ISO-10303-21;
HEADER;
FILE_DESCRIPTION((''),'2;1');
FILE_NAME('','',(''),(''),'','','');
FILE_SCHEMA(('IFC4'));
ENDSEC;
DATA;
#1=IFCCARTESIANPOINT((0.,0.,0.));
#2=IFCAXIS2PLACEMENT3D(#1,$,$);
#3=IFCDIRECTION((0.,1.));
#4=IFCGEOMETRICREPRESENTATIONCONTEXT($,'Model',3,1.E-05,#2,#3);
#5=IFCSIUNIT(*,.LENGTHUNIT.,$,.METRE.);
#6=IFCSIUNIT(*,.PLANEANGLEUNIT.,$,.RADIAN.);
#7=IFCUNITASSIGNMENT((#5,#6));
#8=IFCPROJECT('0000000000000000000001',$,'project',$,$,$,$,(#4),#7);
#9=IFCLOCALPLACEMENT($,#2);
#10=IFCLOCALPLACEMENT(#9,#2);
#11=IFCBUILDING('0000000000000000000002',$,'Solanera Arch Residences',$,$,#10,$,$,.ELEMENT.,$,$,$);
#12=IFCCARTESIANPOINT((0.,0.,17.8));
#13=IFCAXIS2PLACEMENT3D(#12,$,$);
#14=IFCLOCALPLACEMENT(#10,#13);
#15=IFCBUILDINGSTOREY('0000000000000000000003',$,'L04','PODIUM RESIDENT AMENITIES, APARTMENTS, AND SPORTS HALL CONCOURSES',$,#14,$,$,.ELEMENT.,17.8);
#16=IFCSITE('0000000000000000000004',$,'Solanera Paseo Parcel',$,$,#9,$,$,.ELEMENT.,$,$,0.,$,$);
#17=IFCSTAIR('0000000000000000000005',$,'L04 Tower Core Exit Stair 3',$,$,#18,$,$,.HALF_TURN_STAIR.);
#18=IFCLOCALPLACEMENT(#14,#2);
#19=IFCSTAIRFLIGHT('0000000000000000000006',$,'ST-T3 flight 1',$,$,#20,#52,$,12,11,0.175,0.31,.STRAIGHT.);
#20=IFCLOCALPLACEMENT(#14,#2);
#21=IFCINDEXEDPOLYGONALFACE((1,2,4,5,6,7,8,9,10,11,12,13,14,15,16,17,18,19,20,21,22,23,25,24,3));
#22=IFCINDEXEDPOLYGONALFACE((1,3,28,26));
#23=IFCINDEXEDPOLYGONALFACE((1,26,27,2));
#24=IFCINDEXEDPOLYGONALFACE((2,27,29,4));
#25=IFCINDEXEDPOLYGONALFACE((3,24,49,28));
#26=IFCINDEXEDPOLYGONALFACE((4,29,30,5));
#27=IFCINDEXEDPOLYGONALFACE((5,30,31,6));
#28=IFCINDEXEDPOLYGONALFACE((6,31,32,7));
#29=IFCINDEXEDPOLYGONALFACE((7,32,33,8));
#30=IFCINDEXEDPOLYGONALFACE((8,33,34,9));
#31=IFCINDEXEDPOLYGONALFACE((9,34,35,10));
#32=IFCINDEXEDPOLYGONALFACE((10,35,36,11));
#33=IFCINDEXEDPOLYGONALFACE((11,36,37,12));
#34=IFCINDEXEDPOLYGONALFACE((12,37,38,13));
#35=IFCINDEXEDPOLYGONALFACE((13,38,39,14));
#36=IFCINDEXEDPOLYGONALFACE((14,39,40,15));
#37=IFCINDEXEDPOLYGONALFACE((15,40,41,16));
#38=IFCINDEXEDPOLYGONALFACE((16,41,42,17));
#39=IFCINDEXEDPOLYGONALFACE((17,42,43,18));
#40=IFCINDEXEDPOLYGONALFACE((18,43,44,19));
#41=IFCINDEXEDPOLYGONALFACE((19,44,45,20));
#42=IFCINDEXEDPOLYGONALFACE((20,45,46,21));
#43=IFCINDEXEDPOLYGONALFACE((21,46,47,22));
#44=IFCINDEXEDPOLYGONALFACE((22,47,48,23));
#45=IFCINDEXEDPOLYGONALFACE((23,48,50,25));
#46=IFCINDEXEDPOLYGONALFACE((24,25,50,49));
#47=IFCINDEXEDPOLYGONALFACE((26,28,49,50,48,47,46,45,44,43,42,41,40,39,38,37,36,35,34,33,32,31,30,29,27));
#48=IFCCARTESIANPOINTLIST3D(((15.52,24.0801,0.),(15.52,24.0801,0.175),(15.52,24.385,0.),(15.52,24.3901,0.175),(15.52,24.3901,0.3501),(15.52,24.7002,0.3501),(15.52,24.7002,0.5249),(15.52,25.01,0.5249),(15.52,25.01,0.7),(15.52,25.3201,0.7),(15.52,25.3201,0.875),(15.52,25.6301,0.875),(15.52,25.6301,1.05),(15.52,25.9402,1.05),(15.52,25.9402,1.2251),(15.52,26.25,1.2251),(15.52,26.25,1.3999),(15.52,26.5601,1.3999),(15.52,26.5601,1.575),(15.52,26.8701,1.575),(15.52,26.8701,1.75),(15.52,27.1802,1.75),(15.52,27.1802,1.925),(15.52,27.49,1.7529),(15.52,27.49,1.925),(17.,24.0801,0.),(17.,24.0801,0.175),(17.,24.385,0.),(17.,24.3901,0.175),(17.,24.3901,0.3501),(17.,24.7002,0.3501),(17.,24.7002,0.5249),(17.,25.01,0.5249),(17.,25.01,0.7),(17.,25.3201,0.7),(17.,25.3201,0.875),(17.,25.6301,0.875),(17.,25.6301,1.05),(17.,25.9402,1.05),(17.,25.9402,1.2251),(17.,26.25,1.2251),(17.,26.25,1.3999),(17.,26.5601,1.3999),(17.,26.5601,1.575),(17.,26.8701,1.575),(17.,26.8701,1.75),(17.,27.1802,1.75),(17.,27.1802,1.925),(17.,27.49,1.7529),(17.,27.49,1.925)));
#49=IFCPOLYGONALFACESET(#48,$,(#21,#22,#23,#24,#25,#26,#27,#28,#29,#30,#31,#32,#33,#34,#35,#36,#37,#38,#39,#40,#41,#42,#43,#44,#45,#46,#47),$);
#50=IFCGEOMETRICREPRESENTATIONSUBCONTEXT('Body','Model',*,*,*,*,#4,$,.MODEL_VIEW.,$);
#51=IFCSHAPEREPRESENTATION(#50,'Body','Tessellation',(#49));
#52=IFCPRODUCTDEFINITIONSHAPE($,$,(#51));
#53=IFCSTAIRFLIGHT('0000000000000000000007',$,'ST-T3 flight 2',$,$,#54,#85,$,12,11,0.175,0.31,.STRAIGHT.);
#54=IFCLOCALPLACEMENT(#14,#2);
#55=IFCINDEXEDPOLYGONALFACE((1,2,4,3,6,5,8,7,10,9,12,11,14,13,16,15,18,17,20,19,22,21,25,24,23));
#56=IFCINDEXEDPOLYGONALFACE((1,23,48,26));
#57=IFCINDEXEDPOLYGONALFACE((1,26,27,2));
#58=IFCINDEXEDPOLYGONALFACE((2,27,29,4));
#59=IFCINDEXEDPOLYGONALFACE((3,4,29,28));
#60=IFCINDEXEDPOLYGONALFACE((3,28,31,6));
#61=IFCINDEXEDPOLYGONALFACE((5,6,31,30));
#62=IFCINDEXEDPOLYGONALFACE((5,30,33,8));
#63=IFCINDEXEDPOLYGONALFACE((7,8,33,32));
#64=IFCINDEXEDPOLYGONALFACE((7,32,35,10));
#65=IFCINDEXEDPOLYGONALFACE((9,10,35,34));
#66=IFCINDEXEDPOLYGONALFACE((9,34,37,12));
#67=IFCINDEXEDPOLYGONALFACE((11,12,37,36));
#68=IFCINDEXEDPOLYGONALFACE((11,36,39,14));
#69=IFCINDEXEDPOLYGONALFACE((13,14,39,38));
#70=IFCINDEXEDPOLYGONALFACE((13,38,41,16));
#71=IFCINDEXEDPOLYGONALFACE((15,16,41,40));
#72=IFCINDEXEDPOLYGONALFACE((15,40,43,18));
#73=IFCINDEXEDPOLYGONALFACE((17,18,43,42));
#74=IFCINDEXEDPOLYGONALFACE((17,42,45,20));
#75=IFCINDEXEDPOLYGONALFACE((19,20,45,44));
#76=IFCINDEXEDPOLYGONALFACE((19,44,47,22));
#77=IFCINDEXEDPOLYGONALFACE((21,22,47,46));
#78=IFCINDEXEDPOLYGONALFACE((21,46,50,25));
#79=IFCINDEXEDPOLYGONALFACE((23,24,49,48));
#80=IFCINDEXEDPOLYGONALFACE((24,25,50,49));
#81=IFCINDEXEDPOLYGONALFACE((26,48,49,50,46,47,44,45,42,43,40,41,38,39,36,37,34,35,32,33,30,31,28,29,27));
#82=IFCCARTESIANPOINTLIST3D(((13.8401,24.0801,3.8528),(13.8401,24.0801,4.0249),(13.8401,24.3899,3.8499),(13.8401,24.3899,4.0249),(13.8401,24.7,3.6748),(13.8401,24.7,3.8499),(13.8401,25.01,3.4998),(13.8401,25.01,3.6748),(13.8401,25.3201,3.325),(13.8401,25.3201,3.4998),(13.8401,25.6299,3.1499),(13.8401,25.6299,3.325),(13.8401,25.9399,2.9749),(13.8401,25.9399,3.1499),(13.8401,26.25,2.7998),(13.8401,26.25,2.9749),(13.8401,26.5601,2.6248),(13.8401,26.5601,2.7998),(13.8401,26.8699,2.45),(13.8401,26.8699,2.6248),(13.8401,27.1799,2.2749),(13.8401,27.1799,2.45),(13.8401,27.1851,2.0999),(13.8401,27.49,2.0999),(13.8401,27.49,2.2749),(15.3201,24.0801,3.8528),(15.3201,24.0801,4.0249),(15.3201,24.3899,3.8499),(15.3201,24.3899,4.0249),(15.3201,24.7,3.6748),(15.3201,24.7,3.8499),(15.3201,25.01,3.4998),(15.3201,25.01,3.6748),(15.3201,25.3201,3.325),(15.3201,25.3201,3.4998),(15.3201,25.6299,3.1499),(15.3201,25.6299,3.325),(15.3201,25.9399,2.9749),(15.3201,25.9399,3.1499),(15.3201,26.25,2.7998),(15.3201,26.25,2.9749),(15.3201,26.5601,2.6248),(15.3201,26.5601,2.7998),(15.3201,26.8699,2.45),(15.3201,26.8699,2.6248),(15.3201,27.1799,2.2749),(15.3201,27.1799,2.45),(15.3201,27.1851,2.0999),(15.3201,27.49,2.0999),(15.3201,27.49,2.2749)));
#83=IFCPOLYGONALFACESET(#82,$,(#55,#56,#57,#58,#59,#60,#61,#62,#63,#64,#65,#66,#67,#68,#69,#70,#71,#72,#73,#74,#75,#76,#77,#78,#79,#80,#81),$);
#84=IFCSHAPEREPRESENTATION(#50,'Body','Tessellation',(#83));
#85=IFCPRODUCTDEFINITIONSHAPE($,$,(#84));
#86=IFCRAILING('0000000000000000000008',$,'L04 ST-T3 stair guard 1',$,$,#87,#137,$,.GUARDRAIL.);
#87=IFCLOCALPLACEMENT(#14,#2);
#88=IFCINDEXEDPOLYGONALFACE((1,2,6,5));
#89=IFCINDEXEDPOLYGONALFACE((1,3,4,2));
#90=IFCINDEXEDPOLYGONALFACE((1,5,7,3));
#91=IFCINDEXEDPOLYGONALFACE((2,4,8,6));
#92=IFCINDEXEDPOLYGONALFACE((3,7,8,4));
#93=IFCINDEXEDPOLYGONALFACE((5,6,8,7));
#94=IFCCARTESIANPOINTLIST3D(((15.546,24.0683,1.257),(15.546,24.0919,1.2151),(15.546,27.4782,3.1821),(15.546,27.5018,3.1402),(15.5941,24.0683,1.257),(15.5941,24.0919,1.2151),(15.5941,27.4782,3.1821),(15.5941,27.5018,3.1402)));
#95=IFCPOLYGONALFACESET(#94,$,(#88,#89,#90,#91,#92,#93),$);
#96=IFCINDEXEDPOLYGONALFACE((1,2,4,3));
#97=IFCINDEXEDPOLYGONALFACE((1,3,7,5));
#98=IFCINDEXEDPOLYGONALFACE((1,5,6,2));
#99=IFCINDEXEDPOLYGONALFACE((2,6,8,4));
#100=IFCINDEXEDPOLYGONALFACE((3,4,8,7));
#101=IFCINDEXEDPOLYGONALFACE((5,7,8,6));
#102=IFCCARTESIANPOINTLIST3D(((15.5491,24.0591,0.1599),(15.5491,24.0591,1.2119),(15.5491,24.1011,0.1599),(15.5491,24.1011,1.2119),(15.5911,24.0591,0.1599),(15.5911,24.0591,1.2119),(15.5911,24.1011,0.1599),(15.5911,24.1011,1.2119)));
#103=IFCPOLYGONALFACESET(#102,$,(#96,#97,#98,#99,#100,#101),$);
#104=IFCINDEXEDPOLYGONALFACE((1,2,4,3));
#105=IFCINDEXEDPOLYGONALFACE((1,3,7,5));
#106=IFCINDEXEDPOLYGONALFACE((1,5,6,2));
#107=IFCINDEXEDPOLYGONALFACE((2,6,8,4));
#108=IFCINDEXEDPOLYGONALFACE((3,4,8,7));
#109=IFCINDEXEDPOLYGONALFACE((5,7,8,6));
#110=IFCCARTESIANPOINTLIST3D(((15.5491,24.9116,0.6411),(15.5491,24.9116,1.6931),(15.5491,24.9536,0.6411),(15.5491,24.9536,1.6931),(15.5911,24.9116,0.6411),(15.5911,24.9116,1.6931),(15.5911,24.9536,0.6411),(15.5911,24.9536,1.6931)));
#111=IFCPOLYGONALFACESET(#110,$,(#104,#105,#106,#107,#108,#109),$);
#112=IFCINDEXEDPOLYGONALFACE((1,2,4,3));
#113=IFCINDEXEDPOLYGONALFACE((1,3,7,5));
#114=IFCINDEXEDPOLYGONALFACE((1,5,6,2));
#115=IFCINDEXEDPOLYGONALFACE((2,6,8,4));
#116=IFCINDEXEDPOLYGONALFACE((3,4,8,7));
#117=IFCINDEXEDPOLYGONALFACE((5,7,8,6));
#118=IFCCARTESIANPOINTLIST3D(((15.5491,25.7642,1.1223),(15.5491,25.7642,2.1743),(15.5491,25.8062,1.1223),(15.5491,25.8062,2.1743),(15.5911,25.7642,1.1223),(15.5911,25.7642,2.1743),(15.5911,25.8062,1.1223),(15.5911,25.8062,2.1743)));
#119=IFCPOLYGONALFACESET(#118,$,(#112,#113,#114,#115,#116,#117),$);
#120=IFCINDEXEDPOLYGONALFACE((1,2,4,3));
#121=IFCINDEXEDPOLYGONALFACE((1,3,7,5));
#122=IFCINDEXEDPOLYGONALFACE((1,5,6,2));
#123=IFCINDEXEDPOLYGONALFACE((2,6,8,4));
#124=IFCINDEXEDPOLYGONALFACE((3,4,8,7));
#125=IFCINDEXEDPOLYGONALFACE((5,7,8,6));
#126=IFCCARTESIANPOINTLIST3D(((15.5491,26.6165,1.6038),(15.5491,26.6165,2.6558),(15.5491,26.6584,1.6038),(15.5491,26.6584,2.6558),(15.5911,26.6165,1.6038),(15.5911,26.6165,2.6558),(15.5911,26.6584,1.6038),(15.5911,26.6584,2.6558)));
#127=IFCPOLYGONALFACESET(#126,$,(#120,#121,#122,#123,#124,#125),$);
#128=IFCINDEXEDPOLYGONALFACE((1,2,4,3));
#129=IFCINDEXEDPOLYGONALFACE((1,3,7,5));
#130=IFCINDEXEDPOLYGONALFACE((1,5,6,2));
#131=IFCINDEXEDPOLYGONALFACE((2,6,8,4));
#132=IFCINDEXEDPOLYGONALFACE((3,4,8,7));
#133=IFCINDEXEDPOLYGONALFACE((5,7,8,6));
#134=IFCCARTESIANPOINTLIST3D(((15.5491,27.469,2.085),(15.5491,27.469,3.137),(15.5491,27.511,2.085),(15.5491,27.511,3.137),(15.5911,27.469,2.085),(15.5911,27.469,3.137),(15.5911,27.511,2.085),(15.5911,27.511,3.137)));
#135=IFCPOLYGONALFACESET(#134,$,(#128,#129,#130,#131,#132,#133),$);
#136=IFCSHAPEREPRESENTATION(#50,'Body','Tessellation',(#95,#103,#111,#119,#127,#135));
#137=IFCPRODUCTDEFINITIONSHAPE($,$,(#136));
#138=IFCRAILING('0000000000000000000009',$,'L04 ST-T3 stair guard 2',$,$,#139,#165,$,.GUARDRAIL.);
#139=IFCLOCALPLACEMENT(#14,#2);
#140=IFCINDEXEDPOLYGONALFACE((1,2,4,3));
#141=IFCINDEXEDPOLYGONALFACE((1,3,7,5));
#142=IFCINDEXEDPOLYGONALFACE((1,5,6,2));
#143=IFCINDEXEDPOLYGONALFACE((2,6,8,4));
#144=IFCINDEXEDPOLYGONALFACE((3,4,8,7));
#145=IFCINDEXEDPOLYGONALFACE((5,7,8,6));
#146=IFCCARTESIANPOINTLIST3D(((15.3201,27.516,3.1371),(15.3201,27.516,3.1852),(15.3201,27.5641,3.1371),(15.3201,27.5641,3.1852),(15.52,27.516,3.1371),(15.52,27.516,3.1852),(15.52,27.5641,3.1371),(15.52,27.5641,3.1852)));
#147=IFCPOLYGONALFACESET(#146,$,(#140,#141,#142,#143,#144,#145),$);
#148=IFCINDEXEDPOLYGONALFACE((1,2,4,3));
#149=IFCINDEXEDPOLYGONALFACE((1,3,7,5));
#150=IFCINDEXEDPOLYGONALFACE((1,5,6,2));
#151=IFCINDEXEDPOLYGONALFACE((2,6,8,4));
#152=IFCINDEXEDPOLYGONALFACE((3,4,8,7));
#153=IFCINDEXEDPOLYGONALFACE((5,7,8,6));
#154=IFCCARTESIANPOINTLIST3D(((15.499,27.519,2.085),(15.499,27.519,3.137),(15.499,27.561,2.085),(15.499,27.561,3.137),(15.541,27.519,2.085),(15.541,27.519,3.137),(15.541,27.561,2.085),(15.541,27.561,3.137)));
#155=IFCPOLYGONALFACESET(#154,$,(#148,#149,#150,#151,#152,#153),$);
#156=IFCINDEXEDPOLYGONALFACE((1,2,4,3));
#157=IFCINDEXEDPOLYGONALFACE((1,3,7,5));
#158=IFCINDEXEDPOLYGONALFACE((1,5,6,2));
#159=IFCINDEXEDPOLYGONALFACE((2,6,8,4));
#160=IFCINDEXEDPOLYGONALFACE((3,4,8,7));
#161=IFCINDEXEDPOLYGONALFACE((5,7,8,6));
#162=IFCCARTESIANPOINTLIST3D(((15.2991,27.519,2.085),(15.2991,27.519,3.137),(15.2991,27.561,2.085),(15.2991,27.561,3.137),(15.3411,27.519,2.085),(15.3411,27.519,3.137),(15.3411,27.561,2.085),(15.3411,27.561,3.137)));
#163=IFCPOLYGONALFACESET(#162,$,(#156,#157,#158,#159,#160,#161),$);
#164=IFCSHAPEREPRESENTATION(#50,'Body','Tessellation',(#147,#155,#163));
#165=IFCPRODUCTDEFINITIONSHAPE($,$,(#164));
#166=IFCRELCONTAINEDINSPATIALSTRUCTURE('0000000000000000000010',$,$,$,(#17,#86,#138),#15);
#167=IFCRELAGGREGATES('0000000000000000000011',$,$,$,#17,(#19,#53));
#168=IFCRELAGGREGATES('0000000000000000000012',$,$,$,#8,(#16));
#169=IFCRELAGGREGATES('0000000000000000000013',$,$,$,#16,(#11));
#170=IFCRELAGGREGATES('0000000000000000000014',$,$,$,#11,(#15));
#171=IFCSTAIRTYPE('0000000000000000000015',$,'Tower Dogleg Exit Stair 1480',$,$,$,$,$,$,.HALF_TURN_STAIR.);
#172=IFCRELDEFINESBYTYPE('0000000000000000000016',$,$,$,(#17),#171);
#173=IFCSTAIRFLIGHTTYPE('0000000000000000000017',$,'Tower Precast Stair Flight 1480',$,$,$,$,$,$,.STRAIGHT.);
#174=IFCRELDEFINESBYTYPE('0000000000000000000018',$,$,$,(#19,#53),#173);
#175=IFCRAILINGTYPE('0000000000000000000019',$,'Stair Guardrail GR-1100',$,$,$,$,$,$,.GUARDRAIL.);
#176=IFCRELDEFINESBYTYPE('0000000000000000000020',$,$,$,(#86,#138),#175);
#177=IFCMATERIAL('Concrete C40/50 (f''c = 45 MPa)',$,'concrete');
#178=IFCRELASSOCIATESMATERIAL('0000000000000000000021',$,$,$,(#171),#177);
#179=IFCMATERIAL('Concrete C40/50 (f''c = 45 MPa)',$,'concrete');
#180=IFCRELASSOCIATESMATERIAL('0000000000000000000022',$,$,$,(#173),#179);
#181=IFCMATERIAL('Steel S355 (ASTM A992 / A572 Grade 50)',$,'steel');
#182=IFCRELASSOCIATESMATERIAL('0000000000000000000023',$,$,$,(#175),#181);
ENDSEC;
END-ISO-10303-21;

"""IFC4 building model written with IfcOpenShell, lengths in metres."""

from ifc_helpers import new_model, si_unit, direction, frame, origin, origin_2d, place, context, subcontext, project, spatial, polyline, rectangle, outline, extrude, material, type_object, element, aggregate, save


model = new_model("IFC4")

# Units and contexts
model_context = context("Model", 3, precision=1e-05, world=origin(), true_north=direction((0.0, 1.0)))
body_context = subcontext(model_context, "Body", "Model", "MODEL_VIEW")
ifc_project = project(units=[si_unit("LENGTHUNIT", "METRE"), si_unit("PLANEANGLEUNIT", "RADIAN")], contexts=[model_context])

# Site, building, storey
site_placement = place(None, origin())
site = spatial("IfcSite", under=ifc_project, at=site_placement, Name="Solanera Paseo Parcel", CompositionType="ELEMENT", RefElevation=0.0)
building_placement = place(site_placement, origin())
building = spatial("IfcBuilding", under=site, at=building_placement, Name="Solanera Arch Residences", CompositionType="ELEMENT")
storey_placement = place(building_placement, frame((0.0, 0.0, 17.8)))
storey = spatial("IfcBuildingStorey", under=building, at=storey_placement, Name="L04", Description="PODIUM RESIDENT AMENITIES, APARTMENTS, AND SPORTS HALL CONCOURSES", CompositionType="ELEMENT", Elevation=17.8)

# Stair, stair flights
ifc_material_1 = material(Name="Concrete C40/50 (f'c = 45 MPa)", Category="concrete")
stair_type = type_object("IfcStairType", Name="Tower Dogleg Exit Stair 1480", PredefinedType="HALF_TURN_STAIR", material=ifc_material_1)
stair_placement = place(storey_placement, origin())
stair = element("IfcStair", 1, at=stair_placement, inside=storey, type_object=stair_type, Name="L04 Tower Core Exit Stair 3", PredefinedType="HALF_TURN_STAIR")
ifc_material_2 = material(Name="Concrete C40/50 (f'c = 45 MPa)", Category="concrete")
stair_flight_type = type_object("IfcStairFlightType", Name="Tower Precast Stair Flight 1480", PredefinedType="STRAIGHT", material=ifc_material_2)
stair_flight_1_placement = place(storey_placement, frame((16.26, 24.0801, 0.0), z_axis=(0.0, 0.0, 1.0), x_axis=(0.0, 1.0, 0.0)))
stair_flight_1 = element("IfcStairFlight", 2, at=stair_flight_1_placement, type_object=stair_flight_type, Name="ST-T3 flight 1", NumberOfRisers=12, NumberOfTreads=11, PredefinedType="STRAIGHT", RiserHeight=0.175, TreadLength=0.31, context=body_context, shape_type="SweptSolid", body=[
    extrude(outline(polyline([(0.0, 0.0), (0.0, 0.175), (0.3101, 0.175), (0.3101, 0.3501), (0.6201, 0.3501), (0.6201, 0.5249), (0.9299, 0.5249), (0.9299, 0.7), (1.24, 0.7), (1.24, 0.875), (1.55, 0.875), (1.55, 1.05), (1.8601, 1.05), (1.8601, 1.2251), (2.1699, 1.2251), (2.1699, 1.3999), (2.48, 1.3999), (2.48, 1.575), (2.79, 1.575), (2.79, 1.75), (3.1001, 1.75), (3.1001, 1.925), (3.4099, 1.925), (3.4099, 2.1001), (3.4099, 1.7529), (0.3049, 0.0), (0.0, 0.0)])), frame((0.0, 0.74, 0.0), z_axis=(0.0, -1.0, 0.0), x_axis=(1.0, 0.0, 0.0)), (0.0, 0.0, 1.0), 1.48),
])
stair_flight_2_placement = place(storey_placement, frame((14.5801, 27.49, 2.0999), z_axis=(0.0, 0.0, 1.0), x_axis=(0.0, -1.0, 0.0)))
stair_flight_2 = element("IfcStairFlight", 3, at=stair_flight_2_placement, type_object=stair_flight_type, Name="ST-T3 flight 2", NumberOfRisers=12, NumberOfTreads=11, PredefinedType="STRAIGHT", RiserHeight=0.175, TreadLength=0.31, context=body_context, shape_type="SweptSolid", body=[
    extrude(outline(polyline([(0.0, 0.0), (0.0, 0.175), (0.3101, 0.175), (0.3101, 0.3501), (0.6201, 0.3501), (0.6201, 0.5249), (0.9299, 0.5249), (0.9299, 0.7), (1.24, 0.7), (1.24, 0.875), (1.55, 0.875), (1.55, 1.05), (1.8601, 1.05), (1.8601, 1.2251), (2.1699, 1.2251), (2.1699, 1.3999), (2.48, 1.3999), (2.48, 1.575), (2.79, 1.575), (2.79, 1.75), (3.1001, 1.75), (3.1001, 1.925), (3.4099, 1.925), (3.4099, 2.1001), (3.4099, 1.7529), (0.3049, 0.0), (0.0, 0.0)])), frame((0.0, 0.74, 0.0), z_axis=(0.0, -1.0, 0.0), x_axis=(1.0, 0.0, 0.0)), (0.0, 0.0, 1.0), 1.48),
])
aggregate(stair, [stair_flight_1, stair_flight_2])

# Railings
ifc_material_3 = material(Name="Steel S355 (ASTM A992 / A572 Grade 50)", Category="steel")
railing_type_1 = type_object("IfcRailingType", Name="Stair Guardrail GR-1100", PredefinedType="GUARDRAIL", material=ifc_material_3)
railing_1_placement = place(storey_placement, frame((15.5701, 24.0801, 0.1599)))
element("IfcRailing", 4, at=railing_1_placement, inside=storey, type_object=railing_type_1, Name="L04 ST-T3 stair guard 1", PredefinedType="GUARDRAIL", context=body_context, shape_type="SweptSolid", body=[
    extrude(rectangle(XDim=0.0481, YDim=0.0481, at=origin_2d()), frame((0.0, 0.0, 1.0762), z_axis=(0.0, 0.870814, 0.491613), x_axis=(-1.0, 0.0, 0.0)), (0.0, 0.0, 1.0), 3.9158),
    extrude(rectangle(XDim=0.042, YDim=0.042, at=origin_2d()), origin(), (0.0, 0.0, 1.0), 1.052),
    extrude(rectangle(XDim=0.042, YDim=0.042, at=origin_2d()), frame((0.0, 0.8525, 0.4812)), (0.0, 0.0, 1.0), 1.052),
    extrude(rectangle(XDim=0.042, YDim=0.042, at=origin_2d()), frame((0.0, 1.7051, 0.9624)), (0.0, 0.0, 1.0), 1.052),
    extrude(rectangle(XDim=0.042, YDim=0.042, at=origin_2d()), frame((0.0, 2.5574, 1.4438)), (0.0, 0.0, 1.0), 1.052),
    extrude(rectangle(XDim=0.042, YDim=0.042, at=origin_2d()), frame((0.0, 3.4099, 1.925)), (0.0, 0.0, 1.0), 1.052),
])
railing_2_placement = place(storey_placement, frame((15.52, 27.54, 2.085)))
element("IfcRailing", 5, at=railing_2_placement, inside=storey, type_object=railing_type_1, Name="L04 ST-T3 stair guard 2", PredefinedType="GUARDRAIL", context=body_context, shape_type="SweptSolid", body=[
    extrude(rectangle(XDim=0.0481, YDim=0.0481, at=origin_2d()), frame((0.0, 0.0, 1.0762), z_axis=(-1.0, 0.0, 0.0), x_axis=(0.0, -1.0, 0.0)), (0.0, 0.0, 1.0), 0.2),
    extrude(rectangle(XDim=0.042, YDim=0.042, at=origin_2d()), origin(), (0.0, 0.0, 1.0), 1.052),
    extrude(rectangle(XDim=0.042, YDim=0.042, at=origin_2d()), frame((-0.2, 0.0, 0.0)), (0.0, 0.0, 1.0), 1.052),
])

save(model, "model.ifc")
